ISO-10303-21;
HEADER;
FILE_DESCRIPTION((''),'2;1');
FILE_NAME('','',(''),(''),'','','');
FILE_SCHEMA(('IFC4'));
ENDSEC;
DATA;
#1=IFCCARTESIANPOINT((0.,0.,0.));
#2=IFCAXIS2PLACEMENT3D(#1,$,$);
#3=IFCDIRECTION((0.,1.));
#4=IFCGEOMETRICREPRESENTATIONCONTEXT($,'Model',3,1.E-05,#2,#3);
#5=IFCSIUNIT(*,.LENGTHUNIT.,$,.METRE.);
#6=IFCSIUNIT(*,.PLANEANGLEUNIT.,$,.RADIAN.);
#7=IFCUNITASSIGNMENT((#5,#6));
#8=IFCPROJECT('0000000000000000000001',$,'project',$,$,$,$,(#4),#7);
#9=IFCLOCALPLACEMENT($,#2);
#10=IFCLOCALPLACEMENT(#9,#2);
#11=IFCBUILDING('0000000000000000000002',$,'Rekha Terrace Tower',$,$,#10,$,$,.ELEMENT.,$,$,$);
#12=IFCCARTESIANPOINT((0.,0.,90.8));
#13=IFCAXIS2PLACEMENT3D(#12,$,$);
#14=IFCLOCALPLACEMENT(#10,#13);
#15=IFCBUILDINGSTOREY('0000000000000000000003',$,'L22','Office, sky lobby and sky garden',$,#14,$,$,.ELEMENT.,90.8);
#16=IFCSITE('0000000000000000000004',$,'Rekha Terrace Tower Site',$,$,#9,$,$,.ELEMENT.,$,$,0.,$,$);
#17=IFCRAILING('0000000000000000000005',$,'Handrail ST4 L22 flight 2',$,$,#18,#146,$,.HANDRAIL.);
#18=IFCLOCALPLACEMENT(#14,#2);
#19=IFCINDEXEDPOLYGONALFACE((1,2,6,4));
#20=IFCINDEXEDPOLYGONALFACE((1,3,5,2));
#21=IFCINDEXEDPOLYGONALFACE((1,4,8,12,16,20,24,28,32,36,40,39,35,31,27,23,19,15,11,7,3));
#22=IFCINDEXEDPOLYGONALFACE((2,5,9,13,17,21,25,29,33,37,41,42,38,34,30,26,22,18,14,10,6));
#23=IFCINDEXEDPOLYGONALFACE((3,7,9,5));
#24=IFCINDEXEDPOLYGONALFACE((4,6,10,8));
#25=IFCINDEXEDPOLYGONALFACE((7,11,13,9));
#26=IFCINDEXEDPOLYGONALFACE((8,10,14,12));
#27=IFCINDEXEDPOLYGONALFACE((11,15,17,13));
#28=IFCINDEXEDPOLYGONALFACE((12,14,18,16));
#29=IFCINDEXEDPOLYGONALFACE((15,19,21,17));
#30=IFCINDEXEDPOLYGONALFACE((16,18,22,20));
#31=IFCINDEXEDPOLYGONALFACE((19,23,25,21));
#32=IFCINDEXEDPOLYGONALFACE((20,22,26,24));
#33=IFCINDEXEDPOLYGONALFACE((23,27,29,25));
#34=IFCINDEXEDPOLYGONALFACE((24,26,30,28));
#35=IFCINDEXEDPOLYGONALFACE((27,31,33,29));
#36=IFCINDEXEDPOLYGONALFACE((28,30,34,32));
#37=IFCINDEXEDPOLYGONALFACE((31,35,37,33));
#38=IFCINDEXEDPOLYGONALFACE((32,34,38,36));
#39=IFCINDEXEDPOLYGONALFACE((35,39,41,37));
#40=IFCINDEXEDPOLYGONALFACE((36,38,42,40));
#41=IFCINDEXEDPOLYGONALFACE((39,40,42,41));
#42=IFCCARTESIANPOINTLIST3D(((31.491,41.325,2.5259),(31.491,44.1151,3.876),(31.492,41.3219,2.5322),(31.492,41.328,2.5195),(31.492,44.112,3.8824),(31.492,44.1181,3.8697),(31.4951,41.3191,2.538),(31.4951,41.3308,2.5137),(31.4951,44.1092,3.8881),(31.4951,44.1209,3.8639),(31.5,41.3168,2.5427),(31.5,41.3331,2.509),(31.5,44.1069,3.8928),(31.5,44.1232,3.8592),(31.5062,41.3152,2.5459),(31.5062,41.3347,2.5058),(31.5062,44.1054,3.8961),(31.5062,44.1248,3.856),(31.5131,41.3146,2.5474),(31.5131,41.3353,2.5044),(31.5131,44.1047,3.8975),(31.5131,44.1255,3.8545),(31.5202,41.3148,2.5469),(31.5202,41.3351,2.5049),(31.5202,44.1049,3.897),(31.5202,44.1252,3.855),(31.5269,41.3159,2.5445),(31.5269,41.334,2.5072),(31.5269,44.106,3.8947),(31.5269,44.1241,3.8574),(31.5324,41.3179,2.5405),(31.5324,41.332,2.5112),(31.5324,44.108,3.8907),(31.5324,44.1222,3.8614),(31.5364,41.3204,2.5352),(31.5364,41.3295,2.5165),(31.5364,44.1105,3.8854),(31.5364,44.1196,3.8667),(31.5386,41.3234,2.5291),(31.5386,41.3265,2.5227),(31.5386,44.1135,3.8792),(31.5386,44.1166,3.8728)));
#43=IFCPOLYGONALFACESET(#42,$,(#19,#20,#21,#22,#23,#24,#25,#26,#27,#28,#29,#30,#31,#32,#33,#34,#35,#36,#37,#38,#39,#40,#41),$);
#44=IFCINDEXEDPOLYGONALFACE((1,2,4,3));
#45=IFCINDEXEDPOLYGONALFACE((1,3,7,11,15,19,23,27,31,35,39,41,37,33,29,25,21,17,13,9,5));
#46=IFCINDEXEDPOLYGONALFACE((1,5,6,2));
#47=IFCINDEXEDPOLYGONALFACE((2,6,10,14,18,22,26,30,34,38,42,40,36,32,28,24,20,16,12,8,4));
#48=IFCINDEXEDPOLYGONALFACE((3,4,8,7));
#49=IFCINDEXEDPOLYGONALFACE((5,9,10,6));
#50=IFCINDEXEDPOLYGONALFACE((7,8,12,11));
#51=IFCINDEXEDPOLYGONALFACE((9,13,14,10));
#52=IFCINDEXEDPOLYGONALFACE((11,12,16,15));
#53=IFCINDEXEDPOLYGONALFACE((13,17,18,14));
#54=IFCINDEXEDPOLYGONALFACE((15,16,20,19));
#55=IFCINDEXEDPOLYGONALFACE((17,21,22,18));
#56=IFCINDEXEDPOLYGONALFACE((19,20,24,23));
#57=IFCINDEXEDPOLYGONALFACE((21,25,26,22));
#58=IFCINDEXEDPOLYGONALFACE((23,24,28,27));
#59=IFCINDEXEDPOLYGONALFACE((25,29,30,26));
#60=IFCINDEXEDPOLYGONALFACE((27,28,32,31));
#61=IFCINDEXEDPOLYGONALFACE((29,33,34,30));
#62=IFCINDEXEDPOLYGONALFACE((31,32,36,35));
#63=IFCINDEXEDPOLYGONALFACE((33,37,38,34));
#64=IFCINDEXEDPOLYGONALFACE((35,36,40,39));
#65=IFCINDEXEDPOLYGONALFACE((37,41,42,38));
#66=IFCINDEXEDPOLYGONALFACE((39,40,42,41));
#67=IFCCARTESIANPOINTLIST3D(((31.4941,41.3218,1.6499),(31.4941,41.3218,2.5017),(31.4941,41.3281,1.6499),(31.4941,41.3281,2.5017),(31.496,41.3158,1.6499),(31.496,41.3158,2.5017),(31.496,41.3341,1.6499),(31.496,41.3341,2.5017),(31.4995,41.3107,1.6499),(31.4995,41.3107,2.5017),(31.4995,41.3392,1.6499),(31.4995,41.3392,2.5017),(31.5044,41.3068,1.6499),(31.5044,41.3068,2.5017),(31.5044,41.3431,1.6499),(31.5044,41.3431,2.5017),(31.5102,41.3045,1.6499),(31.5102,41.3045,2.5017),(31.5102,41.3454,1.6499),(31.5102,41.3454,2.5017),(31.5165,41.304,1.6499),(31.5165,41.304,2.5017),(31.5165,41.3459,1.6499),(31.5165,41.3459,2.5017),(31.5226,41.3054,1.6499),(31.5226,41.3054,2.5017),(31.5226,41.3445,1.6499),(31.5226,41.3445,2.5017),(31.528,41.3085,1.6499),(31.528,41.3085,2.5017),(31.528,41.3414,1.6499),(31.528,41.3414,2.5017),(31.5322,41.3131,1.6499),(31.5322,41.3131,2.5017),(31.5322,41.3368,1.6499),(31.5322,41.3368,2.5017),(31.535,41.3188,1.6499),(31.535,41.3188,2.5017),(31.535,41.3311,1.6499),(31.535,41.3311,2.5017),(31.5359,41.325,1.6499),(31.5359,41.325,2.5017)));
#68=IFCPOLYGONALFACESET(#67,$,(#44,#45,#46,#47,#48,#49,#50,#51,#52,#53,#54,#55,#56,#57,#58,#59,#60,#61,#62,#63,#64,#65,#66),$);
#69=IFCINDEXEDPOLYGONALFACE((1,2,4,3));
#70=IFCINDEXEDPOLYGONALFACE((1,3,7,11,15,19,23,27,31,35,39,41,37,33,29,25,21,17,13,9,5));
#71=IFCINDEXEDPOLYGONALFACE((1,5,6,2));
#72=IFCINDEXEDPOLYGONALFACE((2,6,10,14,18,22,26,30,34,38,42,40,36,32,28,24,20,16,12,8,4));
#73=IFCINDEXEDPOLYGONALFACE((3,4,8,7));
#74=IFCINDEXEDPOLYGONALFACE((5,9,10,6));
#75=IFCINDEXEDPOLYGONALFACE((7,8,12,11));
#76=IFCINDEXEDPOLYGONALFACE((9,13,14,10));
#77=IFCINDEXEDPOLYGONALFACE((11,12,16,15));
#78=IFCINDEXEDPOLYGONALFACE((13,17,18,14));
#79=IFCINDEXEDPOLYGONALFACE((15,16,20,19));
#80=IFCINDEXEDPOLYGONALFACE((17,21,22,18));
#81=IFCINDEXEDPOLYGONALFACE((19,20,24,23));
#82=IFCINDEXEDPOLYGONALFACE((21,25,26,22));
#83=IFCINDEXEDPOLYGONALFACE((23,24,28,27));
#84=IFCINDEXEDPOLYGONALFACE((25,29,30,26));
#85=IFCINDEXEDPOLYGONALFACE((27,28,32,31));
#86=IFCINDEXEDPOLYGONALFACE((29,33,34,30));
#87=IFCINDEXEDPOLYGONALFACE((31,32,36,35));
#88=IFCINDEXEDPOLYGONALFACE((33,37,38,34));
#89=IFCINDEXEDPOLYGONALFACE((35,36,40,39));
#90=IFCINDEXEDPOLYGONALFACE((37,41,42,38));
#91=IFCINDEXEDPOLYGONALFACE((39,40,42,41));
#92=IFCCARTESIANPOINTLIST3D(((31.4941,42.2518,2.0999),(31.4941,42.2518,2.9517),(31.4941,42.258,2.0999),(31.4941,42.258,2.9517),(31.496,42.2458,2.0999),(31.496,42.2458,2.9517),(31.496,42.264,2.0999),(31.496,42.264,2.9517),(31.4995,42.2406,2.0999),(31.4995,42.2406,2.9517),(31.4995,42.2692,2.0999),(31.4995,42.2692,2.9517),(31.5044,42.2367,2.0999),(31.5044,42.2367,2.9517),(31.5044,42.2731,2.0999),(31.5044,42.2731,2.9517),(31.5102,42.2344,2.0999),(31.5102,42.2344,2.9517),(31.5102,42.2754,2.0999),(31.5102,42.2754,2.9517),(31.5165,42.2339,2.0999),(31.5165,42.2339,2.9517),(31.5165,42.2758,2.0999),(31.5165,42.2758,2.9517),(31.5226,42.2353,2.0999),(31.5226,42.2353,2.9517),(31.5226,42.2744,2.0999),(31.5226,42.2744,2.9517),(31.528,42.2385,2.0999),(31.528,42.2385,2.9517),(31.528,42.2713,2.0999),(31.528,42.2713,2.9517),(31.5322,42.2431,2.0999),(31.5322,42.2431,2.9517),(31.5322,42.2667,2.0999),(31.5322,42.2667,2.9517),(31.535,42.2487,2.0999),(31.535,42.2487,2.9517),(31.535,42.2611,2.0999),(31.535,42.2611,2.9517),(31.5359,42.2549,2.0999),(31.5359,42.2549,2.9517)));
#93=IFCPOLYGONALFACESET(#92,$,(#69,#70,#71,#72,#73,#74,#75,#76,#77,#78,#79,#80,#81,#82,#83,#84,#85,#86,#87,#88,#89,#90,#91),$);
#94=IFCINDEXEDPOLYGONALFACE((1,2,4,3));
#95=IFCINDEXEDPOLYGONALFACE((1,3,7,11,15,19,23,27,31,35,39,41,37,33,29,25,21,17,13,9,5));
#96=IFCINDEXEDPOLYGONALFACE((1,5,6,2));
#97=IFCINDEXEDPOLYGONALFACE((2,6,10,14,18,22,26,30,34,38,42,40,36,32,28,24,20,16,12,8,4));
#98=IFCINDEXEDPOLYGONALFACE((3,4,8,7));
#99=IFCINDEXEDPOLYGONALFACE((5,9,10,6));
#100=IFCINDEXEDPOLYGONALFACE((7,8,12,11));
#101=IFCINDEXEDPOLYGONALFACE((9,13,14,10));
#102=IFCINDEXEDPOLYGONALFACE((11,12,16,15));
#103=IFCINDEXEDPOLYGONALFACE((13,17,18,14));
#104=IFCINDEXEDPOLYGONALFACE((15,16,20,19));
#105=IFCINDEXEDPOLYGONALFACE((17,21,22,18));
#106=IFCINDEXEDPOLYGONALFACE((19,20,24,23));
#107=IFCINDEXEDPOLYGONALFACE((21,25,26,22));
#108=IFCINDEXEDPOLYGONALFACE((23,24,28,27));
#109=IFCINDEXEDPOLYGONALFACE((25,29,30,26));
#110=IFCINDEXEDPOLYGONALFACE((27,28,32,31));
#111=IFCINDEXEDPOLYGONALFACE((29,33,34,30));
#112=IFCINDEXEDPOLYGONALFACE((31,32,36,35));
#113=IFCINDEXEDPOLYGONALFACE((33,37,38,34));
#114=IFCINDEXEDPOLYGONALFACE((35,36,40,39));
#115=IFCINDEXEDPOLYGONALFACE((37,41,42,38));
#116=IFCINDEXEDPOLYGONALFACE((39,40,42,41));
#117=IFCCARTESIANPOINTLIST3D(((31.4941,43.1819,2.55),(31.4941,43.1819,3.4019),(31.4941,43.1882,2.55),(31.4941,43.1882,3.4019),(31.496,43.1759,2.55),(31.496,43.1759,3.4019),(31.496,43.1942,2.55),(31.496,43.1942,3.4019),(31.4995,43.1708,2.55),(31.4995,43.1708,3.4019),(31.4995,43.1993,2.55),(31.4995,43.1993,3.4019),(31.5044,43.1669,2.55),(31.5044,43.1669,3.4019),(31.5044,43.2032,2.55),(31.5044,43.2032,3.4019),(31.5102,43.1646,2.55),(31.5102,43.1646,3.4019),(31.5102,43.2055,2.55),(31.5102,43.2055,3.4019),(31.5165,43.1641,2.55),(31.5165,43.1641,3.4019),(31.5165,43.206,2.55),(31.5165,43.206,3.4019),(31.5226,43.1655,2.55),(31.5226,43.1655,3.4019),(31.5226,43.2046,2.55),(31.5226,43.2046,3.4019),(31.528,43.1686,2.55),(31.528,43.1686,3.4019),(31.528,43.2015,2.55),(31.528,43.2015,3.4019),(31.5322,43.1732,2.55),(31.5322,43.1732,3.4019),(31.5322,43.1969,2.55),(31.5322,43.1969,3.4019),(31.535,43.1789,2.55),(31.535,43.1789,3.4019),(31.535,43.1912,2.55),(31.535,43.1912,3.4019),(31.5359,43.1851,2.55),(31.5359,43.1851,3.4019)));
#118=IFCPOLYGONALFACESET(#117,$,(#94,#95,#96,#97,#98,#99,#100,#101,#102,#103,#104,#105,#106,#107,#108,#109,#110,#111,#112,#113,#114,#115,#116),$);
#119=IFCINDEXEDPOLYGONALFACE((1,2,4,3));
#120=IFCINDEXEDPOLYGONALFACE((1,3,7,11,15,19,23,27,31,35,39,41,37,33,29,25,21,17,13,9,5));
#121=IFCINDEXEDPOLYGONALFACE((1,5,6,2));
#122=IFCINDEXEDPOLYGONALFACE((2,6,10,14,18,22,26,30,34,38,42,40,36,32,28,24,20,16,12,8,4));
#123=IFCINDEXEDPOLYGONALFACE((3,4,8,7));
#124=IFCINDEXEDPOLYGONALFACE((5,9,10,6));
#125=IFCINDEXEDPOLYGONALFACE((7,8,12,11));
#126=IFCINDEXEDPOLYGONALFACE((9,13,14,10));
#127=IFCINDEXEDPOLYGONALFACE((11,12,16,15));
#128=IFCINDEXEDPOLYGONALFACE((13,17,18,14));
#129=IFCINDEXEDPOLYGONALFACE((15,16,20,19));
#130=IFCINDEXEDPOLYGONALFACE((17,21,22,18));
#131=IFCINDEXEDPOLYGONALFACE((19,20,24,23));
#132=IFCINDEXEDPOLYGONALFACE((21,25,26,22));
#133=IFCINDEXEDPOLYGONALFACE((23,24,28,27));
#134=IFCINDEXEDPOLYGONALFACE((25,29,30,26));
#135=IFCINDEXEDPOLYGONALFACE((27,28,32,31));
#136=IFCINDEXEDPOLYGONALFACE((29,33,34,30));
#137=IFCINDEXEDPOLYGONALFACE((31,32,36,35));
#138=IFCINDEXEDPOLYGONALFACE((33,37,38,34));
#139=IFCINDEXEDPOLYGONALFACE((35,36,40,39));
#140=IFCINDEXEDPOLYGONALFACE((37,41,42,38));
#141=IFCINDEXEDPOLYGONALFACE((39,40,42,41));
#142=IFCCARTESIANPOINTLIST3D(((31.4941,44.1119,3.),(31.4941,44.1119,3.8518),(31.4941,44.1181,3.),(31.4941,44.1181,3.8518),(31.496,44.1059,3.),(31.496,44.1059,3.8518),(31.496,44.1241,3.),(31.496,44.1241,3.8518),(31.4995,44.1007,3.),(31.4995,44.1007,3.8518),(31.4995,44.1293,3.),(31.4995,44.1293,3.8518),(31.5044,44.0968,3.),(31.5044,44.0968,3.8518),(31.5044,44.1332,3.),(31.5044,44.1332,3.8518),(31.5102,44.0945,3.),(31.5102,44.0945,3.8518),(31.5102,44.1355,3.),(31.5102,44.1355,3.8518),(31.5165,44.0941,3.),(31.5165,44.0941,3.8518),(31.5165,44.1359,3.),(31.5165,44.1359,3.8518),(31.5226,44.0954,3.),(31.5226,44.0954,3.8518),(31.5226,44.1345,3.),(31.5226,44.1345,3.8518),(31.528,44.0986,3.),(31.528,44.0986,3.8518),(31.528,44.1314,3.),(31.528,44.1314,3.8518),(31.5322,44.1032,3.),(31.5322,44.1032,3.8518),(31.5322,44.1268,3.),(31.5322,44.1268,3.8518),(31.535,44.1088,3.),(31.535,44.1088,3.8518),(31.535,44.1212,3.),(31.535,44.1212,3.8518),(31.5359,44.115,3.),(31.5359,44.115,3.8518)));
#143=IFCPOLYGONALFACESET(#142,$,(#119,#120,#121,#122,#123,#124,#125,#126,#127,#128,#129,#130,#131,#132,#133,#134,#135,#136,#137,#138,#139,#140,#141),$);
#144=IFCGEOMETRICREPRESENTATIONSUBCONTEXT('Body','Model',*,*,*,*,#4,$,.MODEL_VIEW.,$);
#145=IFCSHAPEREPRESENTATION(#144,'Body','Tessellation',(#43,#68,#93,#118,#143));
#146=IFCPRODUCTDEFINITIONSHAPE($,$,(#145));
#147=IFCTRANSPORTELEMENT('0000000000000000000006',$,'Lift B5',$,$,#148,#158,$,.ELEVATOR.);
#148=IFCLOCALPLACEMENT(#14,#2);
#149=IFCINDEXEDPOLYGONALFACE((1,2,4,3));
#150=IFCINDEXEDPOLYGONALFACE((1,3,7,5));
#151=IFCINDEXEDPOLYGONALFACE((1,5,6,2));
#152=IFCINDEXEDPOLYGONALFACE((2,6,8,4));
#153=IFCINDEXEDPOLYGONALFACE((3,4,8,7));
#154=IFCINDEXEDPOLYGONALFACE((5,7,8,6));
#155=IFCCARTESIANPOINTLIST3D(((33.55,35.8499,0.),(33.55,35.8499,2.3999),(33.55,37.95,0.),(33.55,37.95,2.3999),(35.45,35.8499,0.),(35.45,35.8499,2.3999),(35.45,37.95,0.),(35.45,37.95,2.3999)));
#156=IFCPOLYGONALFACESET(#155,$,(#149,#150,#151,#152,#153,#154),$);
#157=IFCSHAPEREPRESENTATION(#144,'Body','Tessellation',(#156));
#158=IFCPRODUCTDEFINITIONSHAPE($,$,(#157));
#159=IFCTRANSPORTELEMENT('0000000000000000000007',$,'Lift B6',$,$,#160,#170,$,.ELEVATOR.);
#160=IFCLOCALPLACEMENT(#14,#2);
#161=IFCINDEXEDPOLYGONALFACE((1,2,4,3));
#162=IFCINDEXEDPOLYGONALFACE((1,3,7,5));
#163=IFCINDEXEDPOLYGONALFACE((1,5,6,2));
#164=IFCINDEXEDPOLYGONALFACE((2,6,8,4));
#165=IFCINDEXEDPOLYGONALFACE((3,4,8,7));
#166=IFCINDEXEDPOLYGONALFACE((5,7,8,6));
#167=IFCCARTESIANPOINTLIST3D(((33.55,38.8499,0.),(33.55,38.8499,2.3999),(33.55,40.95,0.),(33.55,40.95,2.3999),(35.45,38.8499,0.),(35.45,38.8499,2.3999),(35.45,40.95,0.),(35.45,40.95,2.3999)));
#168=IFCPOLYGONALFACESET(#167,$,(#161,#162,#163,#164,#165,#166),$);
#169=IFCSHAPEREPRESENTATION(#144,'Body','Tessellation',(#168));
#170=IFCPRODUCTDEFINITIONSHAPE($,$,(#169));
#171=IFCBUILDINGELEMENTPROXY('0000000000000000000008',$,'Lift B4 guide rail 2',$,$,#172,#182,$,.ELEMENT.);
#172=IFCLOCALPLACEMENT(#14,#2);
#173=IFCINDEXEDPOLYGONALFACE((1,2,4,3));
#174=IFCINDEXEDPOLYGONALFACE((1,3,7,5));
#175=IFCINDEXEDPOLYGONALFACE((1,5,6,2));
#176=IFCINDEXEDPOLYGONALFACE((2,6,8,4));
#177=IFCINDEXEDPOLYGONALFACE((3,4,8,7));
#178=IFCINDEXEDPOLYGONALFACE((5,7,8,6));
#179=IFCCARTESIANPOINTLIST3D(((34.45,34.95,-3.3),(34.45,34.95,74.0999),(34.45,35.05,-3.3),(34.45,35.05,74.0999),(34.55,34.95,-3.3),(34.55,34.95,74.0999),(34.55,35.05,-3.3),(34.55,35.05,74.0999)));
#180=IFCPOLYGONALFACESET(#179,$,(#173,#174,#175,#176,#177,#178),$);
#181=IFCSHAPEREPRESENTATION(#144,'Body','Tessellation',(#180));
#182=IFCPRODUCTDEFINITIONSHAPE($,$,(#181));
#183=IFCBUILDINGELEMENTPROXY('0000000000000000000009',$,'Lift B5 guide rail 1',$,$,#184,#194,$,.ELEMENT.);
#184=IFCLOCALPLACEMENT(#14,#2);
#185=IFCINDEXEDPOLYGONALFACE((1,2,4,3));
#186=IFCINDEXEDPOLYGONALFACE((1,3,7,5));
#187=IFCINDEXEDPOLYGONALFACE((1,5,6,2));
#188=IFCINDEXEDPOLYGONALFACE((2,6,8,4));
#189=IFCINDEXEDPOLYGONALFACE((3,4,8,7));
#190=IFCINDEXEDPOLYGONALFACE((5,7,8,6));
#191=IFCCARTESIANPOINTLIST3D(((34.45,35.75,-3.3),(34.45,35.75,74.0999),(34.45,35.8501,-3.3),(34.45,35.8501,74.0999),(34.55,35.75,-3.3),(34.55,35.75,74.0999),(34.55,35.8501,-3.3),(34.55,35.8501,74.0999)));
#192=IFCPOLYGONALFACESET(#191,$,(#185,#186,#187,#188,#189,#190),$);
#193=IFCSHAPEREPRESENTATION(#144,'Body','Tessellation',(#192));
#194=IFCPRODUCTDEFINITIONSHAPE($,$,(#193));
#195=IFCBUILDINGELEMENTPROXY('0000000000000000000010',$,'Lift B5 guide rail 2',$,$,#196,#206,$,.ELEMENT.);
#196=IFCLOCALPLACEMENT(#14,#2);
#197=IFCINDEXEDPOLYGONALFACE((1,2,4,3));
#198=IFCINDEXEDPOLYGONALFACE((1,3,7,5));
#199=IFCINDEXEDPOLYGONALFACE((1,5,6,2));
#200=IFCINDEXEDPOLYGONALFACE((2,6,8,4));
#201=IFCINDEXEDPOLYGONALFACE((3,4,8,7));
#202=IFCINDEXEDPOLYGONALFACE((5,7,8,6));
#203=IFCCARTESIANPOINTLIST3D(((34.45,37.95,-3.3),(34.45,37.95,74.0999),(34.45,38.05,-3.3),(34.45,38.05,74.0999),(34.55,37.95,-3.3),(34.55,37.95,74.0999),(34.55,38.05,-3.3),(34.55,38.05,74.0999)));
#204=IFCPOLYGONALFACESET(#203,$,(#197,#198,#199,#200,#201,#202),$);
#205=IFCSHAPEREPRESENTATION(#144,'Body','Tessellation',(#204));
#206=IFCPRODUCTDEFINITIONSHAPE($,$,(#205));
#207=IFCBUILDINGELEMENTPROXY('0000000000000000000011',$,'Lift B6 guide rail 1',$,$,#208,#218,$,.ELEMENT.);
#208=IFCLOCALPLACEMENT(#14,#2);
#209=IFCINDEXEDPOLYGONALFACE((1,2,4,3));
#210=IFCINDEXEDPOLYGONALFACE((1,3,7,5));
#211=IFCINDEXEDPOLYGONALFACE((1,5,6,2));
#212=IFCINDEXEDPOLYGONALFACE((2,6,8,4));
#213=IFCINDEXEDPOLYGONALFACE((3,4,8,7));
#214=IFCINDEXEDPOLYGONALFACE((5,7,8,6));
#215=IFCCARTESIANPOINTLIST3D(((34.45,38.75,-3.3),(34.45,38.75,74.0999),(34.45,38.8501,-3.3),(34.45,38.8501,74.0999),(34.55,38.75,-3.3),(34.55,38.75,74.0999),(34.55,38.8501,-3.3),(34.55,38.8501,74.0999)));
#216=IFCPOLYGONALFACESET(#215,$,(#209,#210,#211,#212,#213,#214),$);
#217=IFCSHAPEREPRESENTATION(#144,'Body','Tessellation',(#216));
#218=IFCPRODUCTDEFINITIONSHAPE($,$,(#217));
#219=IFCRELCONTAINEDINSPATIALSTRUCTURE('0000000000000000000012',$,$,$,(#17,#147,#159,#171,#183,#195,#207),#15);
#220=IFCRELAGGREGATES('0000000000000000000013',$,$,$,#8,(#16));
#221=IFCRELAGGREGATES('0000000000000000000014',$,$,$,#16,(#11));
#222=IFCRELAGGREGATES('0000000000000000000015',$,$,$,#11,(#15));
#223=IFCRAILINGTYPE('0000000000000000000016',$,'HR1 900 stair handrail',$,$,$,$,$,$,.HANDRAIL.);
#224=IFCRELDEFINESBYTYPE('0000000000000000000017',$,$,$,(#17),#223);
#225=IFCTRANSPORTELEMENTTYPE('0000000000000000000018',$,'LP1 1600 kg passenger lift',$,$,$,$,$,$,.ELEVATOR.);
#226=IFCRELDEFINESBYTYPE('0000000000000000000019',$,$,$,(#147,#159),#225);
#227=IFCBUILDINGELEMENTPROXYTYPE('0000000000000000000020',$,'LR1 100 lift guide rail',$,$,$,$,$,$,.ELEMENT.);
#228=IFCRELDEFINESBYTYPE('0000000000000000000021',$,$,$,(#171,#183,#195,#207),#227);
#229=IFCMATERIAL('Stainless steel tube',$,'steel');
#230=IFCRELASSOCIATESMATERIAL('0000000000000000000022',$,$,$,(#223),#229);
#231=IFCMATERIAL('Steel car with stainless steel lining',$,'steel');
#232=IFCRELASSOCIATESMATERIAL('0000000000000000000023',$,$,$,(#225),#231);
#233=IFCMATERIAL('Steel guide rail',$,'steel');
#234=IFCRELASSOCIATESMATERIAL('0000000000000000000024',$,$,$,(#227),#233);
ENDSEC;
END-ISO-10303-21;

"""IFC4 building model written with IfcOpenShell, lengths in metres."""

from ifc_helpers import new_model, si_unit, direction, frame, origin, origin_2d, place, context, subcontext, project, spatial, rectangle, circle, extrude, material, type_object, element, save


model = new_model("IFC4")

# Units and contexts
model_context = context("Model", 3, precision=1e-05, world=origin(), true_north=direction((0.0, 1.0)))
body_context = subcontext(model_context, "Body", "Model", "MODEL_VIEW")
ifc_project = project(units=[si_unit("LENGTHUNIT", "METRE"), si_unit("PLANEANGLEUNIT", "RADIAN")], contexts=[model_context])

# Site, building, storey
site_placement = place(None, origin())
site = spatial("IfcSite", under=ifc_project, at=site_placement, Name="Rekha Terrace Tower Site", CompositionType="ELEMENT", RefElevation=0.0)
building_placement = place(site_placement, origin())
building = spatial("IfcBuilding", under=site, at=building_placement, Name="Rekha Terrace Tower", CompositionType="ELEMENT")
storey_placement = place(building_placement, frame((0.0, 0.0, 90.8)))
storey = spatial("IfcBuildingStorey", under=building, at=storey_placement, Name="L22", Description="Office, sky lobby and sky garden", CompositionType="ELEMENT", Elevation=90.8)

# Railing
ifc_material_1 = material(Name="Stainless steel tube", Category="steel")
railing_type_1 = type_object("IfcRailingType", Name="HR1 900 stair handrail", PredefinedType="HANDRAIL", material=ifc_material_1)
for number, where, name in (
    (1, (31.5149, 41.325, 1.6499), "Handrail ST4 L22 flight 2"),
):
    element("IfcRailing", number, at=place(storey_placement, frame(where)), inside=storey, type_object=railing_type_1, Name=name, PredefinedType="HANDRAIL", context=body_context, shape_type="SweptSolid", body=[
        extrude(circle(Radius=0.0239, at=origin_2d()), frame((0.0, 0.0, 0.876), z_axis=(0.0, 0.900149, 0.435582), x_axis=(-1.0, 0.0, 0.0)), (0.0, 0.0, 1.0), 3.0996),
        extrude(circle(Radius=0.021, at=origin_2d()), origin(), (0.0, 0.0, 1.0), 0.8518),
        extrude(circle(Radius=0.021, at=origin_2d()), frame((0.0, 0.9299, 0.45)), (0.0, 0.0, 1.0), 0.8518),
        extrude(circle(Radius=0.021, at=origin_2d()), frame((0.0, 1.8601, 0.9001)), (0.0, 0.0, 1.0), 0.8518),
        extrude(circle(Radius=0.021, at=origin_2d()), frame((0.0, 2.79, 1.3501)), (0.0, 0.0, 1.0), 0.8518),
    ])

# Transport elements
ifc_material_2 = material(Name="Steel car with stainless steel lining", Category="steel")
transport_element_type = type_object("IfcTransportElementType", Name="LP1 1600 kg passenger lift", PredefinedType="ELEVATOR", material=ifc_material_2)
for number, where, z_axis, x_axis, name in (
    (2, (34.5, 36.8999, 0.0), (0.0, 0.0, 1.0), (1.0, 0.0, 0.0), "Lift B5"),
    (3, (34.5, 39.8999, 0.0), (0.0, 0.0, 1.0), (1.0, 0.0, 0.0), "Lift B6"),
):
    element("IfcTransportElement", number, at=place(storey_placement, frame(where, z_axis=z_axis, x_axis=x_axis)), inside=storey, type_object=transport_element_type, Name=name, PredefinedType="ELEVATOR", context=body_context, shape_type="SweptSolid", body=[
        extrude(rectangle(XDim=1.8999, YDim=2.1001, at=origin_2d()), origin(), (0.0, 0.0, 1.0), 2.3999),
    ])

# Building element proxies
ifc_material_3 = material(Name="Steel guide rail", Category="steel")
building_element_proxy_type = type_object("IfcBuildingElementProxyType", Name="LR1 100 lift guide rail", PredefinedType="ELEMENT", material=ifc_material_3)
for number, where, z_axis, x_axis, name in (
    (4, (34.5, 35.0, -3.3), (0.0, 0.0, 1.0), (1.0, 0.0, 0.0), "Lift B4 guide rail 2"),
    (5, (34.5, 35.8, -3.3), (0.0, 0.0, 1.0), (1.0, 0.0, 0.0), "Lift B5 guide rail 1"),
    (6, (34.5, 38.0, -3.3), (0.0, 0.0, 1.0), (1.0, 0.0, 0.0), "Lift B5 guide rail 2"),
    (7, (34.5, 38.8, -3.3), (0.0, 0.0, 1.0), (1.0, 0.0, 0.0), "Lift B6 guide rail 1"),
):
    element("IfcBuildingElementProxy", number, at=place(storey_placement, frame(where, z_axis=z_axis, x_axis=x_axis)), inside=storey, type_object=building_element_proxy_type, Name=name, PredefinedType="ELEMENT", context=body_context, shape_type="SweptSolid", body=[
        extrude(rectangle(XDim=0.1001, YDim=0.1001, at=origin_2d()), origin(), (0.0, 0.0, 1.0), 77.3999),
    ])

save(model, "model.ifc")
